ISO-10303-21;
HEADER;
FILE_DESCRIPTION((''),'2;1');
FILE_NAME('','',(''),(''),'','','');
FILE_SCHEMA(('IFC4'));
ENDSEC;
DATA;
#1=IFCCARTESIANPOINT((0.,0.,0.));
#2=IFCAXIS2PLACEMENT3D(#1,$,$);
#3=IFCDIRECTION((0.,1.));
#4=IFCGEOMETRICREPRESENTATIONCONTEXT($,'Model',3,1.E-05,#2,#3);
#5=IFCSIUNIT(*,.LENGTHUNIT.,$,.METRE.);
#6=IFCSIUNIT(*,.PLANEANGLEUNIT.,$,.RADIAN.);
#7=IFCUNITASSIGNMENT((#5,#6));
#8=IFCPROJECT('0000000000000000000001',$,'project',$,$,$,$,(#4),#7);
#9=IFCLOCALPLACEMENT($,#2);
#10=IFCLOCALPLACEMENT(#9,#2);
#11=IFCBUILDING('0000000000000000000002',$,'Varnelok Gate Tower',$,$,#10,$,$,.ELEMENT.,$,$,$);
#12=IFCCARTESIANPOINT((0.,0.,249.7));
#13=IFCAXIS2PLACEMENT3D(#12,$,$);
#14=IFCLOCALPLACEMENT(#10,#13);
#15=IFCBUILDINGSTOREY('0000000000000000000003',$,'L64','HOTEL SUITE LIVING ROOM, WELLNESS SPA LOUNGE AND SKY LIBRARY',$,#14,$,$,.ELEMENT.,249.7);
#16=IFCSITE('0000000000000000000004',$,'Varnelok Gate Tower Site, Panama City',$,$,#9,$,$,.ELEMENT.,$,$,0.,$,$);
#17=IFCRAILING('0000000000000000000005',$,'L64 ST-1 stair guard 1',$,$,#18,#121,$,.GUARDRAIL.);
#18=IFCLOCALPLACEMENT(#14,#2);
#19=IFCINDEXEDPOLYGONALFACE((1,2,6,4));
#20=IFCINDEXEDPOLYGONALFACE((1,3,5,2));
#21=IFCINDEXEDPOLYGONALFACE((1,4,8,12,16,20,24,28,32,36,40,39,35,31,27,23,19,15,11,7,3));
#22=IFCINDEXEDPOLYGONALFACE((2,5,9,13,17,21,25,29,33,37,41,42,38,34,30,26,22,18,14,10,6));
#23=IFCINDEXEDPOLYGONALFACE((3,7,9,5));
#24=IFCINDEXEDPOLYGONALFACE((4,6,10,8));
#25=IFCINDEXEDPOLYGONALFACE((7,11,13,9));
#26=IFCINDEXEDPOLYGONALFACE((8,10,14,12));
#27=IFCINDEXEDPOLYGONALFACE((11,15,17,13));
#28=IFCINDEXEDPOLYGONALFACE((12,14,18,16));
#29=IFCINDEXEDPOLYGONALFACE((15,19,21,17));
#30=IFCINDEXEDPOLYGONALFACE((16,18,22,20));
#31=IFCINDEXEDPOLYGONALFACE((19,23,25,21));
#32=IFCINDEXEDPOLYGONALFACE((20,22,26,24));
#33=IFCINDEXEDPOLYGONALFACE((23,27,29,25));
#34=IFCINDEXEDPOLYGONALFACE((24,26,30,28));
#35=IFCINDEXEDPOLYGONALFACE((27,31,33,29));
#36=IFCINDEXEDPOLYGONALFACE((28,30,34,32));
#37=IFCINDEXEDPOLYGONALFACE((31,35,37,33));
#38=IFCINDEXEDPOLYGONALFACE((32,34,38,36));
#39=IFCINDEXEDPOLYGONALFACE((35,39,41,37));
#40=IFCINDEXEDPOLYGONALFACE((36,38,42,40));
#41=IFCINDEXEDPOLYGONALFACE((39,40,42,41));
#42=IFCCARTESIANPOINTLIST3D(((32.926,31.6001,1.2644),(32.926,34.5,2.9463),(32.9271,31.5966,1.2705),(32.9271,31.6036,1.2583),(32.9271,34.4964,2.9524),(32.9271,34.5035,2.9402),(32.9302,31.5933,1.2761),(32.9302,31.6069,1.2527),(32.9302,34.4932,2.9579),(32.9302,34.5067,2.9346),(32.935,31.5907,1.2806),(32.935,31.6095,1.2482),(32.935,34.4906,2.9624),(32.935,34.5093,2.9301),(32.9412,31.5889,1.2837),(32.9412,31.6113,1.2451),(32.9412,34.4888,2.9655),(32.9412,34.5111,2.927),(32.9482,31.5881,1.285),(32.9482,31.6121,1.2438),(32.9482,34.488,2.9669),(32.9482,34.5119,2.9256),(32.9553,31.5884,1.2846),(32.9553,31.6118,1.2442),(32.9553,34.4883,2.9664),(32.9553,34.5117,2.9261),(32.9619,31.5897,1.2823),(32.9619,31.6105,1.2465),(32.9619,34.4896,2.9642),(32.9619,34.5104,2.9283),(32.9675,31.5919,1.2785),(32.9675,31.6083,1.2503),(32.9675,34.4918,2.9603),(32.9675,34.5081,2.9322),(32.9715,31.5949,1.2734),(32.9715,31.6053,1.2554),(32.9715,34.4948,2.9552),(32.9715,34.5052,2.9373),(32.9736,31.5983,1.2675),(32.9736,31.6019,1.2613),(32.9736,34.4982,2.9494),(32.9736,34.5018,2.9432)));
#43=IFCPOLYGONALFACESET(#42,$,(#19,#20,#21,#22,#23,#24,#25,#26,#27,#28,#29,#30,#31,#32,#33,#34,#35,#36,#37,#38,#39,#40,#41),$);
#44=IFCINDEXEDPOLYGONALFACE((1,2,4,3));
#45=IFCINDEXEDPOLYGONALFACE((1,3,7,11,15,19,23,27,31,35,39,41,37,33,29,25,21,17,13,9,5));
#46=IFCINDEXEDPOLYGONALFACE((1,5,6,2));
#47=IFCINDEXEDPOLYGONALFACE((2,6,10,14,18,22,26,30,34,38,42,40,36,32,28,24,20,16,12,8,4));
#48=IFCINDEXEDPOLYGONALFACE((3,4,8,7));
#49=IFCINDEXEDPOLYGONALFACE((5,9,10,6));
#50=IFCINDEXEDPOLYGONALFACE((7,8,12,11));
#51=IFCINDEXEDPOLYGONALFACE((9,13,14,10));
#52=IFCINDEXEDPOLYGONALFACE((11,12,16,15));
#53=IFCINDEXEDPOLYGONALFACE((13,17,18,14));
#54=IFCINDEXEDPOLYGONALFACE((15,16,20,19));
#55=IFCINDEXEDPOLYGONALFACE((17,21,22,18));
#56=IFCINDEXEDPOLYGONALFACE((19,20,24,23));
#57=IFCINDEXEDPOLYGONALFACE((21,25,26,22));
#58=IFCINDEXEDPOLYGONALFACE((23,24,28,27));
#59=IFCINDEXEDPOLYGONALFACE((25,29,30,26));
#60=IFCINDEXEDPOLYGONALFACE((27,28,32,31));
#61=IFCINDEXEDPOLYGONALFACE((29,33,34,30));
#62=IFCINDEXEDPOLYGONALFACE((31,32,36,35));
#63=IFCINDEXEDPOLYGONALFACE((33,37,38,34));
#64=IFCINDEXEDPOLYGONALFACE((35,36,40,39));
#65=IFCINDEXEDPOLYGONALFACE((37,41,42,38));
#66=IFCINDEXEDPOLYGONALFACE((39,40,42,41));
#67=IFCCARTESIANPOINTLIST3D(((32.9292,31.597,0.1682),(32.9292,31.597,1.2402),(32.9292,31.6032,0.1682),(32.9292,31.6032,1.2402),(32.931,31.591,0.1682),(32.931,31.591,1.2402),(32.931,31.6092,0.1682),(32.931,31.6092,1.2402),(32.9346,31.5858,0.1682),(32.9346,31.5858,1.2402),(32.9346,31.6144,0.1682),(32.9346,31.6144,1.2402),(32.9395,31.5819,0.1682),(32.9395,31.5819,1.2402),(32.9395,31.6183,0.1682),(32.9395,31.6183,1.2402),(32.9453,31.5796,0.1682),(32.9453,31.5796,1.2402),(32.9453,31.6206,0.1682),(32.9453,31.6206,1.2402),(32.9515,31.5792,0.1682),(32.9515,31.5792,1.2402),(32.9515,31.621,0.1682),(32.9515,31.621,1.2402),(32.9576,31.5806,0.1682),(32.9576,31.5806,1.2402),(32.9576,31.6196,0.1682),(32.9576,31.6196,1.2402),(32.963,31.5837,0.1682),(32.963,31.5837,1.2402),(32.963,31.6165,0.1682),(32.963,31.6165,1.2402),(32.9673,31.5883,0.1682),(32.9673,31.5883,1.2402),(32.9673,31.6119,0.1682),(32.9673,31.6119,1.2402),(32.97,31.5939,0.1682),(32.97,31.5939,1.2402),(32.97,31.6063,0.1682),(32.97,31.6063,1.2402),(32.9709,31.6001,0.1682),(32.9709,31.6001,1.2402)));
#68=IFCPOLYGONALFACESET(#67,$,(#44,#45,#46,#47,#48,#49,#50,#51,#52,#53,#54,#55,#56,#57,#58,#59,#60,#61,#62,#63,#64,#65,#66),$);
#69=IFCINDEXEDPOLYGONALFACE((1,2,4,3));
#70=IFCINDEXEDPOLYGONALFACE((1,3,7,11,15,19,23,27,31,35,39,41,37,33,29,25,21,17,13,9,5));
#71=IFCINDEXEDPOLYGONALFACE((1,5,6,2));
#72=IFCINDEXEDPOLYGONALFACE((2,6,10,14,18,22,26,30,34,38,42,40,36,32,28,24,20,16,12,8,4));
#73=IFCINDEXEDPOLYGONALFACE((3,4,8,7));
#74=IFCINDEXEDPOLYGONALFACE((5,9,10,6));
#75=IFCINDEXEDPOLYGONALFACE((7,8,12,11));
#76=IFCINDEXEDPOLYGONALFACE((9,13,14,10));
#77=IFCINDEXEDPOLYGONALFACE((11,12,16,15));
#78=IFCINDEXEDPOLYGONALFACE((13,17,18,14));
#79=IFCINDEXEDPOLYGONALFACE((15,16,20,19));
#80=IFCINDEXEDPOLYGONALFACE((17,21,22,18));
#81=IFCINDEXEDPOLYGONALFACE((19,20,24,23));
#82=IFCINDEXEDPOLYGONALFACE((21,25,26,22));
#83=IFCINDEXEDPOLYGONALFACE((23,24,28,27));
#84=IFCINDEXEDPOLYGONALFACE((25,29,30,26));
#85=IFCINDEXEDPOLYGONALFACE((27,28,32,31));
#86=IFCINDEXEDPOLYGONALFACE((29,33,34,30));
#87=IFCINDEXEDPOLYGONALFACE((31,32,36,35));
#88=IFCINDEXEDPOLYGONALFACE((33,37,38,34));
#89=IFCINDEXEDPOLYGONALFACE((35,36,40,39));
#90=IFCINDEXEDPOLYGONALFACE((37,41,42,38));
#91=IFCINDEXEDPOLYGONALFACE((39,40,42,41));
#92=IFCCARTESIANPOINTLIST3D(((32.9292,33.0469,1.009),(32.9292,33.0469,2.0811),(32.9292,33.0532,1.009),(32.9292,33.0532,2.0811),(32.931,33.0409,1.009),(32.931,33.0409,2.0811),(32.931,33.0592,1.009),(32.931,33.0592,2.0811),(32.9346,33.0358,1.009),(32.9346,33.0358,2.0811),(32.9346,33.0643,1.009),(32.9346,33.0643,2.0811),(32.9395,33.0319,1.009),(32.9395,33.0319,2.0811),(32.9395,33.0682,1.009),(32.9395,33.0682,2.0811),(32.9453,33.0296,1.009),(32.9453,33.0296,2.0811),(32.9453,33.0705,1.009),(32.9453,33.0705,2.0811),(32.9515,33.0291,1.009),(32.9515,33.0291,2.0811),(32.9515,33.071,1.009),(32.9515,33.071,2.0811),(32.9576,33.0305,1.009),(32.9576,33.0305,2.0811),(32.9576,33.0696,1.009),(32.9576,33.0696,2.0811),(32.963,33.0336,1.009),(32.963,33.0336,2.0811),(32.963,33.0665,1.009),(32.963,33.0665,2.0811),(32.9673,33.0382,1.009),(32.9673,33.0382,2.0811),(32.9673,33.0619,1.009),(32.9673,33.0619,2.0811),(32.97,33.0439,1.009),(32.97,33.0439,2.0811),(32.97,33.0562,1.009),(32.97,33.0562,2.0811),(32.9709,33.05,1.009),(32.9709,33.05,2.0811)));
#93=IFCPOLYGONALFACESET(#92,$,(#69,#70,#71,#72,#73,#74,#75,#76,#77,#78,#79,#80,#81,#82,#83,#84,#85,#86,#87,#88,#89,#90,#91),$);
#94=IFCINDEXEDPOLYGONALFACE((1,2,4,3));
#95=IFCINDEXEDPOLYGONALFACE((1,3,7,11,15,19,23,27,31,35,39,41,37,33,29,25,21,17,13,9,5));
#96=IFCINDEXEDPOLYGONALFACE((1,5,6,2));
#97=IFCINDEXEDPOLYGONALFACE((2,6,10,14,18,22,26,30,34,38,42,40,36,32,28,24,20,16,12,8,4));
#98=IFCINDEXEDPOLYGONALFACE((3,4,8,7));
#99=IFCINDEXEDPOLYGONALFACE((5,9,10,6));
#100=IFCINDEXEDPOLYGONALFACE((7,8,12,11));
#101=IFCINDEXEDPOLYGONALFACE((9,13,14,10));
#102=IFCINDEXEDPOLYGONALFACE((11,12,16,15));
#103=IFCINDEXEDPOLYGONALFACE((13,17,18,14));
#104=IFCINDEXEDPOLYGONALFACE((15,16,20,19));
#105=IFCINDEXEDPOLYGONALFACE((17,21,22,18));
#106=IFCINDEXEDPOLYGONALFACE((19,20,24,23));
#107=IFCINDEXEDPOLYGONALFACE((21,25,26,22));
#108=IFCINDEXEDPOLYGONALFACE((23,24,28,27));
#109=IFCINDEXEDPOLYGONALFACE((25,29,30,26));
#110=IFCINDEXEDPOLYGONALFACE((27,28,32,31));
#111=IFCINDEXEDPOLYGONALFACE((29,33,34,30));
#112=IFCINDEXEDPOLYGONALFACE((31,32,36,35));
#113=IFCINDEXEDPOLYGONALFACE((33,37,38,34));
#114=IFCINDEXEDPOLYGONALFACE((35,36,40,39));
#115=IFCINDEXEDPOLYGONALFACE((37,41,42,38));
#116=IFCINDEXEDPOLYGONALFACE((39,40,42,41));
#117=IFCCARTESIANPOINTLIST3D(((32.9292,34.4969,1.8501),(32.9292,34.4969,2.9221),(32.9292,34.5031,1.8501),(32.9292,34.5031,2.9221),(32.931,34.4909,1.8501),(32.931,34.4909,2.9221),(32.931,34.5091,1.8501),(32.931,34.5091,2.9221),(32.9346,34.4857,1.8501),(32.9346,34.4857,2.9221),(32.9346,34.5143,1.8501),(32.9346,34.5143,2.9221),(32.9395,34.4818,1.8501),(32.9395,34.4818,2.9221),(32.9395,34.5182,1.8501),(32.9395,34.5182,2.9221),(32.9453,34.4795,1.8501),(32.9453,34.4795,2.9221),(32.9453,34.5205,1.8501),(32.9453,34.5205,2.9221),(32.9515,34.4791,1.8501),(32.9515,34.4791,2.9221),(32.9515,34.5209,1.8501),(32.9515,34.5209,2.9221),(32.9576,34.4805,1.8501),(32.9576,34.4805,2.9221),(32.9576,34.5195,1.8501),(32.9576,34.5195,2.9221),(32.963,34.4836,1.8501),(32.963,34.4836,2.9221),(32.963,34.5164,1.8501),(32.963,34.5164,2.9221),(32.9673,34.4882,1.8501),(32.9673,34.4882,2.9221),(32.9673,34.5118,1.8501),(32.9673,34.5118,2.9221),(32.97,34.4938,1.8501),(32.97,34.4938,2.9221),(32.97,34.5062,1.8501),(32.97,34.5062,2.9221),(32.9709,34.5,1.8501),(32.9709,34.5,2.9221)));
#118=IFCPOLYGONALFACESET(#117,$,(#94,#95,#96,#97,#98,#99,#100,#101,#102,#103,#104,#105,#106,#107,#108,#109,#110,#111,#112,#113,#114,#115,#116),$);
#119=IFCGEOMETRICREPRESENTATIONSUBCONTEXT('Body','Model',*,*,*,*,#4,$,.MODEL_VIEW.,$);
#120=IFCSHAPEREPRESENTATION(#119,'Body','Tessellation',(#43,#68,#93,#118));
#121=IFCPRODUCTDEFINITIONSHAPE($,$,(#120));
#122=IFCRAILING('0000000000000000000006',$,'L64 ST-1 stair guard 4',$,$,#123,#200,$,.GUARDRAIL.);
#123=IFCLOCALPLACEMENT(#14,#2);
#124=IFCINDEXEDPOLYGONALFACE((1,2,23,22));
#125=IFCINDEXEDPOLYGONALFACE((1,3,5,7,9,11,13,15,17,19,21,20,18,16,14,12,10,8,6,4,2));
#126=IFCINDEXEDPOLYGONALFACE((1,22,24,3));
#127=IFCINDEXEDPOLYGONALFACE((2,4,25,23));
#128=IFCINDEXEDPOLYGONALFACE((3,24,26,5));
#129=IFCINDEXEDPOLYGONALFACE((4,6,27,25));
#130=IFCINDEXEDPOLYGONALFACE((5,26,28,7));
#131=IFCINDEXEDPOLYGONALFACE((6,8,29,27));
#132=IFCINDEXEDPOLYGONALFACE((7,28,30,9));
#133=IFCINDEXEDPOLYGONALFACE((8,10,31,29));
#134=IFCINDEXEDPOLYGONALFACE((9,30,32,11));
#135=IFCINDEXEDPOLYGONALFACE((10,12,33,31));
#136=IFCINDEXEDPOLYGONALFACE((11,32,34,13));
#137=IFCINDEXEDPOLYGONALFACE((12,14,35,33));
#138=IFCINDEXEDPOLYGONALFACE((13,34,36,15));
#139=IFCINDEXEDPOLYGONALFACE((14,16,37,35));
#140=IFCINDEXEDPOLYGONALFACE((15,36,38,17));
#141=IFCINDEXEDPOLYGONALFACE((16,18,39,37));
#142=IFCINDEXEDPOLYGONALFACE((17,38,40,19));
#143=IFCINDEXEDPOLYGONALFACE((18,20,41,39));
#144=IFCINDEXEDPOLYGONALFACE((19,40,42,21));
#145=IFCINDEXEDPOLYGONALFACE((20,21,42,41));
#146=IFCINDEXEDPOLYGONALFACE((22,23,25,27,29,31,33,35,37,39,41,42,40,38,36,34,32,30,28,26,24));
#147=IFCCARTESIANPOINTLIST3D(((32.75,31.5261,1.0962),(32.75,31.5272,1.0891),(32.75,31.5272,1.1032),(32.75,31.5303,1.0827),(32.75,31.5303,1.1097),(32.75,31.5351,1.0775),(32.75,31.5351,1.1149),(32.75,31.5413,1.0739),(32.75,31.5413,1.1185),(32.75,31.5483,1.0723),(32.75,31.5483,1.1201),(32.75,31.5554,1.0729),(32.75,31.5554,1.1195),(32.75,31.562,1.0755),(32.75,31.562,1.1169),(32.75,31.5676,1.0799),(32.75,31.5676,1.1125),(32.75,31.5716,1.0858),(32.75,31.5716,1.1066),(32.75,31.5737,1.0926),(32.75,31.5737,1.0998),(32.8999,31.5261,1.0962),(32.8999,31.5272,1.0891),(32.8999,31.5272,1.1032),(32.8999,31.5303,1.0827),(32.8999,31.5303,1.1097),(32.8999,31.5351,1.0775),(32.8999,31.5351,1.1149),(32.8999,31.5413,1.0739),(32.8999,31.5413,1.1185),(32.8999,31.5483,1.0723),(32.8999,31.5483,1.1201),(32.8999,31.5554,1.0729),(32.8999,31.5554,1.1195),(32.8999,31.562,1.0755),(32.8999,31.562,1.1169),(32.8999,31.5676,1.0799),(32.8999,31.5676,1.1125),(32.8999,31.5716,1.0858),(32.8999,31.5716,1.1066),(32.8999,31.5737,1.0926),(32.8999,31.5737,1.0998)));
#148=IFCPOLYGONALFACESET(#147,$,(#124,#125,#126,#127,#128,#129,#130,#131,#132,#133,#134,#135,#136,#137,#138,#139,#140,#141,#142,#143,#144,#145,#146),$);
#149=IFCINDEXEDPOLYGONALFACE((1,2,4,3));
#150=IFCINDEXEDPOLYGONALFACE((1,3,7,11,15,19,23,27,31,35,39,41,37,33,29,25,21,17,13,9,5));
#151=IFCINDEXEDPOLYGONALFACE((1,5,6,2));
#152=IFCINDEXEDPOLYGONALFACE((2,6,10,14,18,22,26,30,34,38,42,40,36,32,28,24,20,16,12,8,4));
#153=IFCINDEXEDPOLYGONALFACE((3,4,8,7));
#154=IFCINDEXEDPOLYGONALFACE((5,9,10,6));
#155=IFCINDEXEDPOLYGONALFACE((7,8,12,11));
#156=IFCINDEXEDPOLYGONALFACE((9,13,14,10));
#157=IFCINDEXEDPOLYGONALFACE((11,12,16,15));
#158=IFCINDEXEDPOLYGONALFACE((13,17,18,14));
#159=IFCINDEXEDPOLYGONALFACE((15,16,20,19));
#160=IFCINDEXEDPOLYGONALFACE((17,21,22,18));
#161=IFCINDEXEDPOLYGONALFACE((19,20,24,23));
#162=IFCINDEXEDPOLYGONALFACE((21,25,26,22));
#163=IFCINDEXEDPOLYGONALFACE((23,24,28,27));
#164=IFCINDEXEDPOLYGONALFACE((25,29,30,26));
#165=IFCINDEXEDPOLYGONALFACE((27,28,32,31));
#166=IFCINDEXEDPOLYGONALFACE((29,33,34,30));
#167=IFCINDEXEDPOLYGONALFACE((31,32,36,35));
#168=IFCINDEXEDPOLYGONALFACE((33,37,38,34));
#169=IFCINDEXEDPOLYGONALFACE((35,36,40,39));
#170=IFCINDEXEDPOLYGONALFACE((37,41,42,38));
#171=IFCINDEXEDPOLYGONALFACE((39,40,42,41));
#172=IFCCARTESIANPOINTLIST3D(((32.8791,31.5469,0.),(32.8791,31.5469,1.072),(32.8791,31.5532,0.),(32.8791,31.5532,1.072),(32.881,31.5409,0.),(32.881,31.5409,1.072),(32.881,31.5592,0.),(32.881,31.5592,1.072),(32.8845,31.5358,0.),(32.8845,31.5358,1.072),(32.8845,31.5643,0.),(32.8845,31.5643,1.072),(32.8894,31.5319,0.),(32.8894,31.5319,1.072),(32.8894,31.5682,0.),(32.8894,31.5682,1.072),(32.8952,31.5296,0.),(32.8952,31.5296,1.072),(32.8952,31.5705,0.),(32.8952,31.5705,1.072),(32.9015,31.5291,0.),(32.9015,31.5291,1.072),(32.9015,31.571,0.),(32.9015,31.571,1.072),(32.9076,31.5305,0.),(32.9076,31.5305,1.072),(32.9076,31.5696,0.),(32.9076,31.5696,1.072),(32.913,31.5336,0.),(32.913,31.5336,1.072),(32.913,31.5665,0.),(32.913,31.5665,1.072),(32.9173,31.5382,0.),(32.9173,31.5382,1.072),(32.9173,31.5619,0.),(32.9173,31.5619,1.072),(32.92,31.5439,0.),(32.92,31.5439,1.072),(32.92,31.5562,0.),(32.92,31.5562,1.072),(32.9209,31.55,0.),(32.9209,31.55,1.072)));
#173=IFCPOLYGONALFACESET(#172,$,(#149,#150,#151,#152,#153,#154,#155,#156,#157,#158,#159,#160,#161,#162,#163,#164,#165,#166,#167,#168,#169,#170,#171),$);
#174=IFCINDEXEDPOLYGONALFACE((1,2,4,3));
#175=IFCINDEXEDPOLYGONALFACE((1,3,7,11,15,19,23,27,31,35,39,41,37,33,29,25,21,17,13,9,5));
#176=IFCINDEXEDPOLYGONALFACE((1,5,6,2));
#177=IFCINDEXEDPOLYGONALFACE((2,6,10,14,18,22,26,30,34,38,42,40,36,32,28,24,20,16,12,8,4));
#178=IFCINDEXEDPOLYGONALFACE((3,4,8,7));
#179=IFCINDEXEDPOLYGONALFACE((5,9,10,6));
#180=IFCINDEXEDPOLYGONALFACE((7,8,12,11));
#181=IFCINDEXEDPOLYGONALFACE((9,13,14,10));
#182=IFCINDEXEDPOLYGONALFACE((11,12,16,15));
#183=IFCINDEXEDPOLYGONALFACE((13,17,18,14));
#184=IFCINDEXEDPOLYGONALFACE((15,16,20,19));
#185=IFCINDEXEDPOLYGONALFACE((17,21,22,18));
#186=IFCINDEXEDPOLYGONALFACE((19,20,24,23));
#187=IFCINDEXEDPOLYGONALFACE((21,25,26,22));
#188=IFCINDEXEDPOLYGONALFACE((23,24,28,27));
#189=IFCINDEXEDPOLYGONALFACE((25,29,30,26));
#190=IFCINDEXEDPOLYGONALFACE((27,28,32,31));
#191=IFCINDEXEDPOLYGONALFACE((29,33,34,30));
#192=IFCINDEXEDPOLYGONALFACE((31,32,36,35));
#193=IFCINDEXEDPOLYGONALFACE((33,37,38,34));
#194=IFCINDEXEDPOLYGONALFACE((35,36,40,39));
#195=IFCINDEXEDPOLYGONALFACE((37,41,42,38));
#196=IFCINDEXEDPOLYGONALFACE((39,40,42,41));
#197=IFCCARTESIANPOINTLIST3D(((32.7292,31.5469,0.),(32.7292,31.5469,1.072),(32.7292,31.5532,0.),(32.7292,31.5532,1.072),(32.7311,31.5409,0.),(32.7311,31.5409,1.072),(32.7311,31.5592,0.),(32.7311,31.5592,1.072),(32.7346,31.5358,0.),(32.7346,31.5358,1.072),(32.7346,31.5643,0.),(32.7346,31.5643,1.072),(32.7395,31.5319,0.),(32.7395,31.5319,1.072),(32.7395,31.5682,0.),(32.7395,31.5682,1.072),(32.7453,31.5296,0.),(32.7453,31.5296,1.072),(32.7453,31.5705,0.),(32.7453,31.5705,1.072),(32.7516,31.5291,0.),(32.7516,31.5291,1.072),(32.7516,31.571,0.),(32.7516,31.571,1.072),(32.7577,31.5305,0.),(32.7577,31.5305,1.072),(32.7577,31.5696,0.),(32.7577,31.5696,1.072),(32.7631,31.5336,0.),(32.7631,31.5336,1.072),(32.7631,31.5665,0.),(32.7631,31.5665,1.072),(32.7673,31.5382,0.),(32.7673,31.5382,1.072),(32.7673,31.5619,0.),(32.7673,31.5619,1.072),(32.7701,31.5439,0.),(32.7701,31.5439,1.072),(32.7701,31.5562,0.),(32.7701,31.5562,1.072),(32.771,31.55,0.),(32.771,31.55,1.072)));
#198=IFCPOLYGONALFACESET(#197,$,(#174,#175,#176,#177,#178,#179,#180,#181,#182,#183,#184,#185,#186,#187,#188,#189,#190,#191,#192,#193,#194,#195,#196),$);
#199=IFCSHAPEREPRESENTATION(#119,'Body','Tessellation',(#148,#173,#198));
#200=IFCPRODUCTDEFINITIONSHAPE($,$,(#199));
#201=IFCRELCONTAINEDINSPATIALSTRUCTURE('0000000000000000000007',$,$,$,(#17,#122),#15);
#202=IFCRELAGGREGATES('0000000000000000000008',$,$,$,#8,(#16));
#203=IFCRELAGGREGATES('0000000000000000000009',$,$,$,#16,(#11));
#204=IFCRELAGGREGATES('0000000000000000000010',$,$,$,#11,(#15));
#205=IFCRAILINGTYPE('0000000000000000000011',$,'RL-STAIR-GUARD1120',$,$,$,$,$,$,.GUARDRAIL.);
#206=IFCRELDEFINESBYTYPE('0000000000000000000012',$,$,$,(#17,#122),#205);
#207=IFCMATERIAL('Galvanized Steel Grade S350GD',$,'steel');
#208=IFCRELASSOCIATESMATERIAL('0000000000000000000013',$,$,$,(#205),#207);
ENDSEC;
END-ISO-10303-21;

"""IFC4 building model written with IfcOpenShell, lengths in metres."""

from ifc_helpers import new_model, si_unit, direction, frame, origin, origin_2d, place, context, subcontext, project, spatial, circle, extrude, material, type_object, element, save


model = new_model("IFC4")

# Units and contexts
model_context = context("Model", 3, precision=1e-05, world=origin(), true_north=direction((0.0, 1.0)))
body_context = subcontext(model_context, "Body", "Model", "MODEL_VIEW")
ifc_project = project(units=[si_unit("LENGTHUNIT", "METRE"), si_unit("PLANEANGLEUNIT", "RADIAN")], contexts=[model_context])

# Site, building, storey
site_placement = place(None, origin())
site = spatial("IfcSite", under=ifc_project, at=site_placement, Name="Varnelok Gate Tower Site, Panama City", CompositionType="ELEMENT", RefElevation=0.0)
building_placement = place(site_placement, origin())
building = spatial("IfcBuilding", under=site, at=building_placement, Name="Varnelok Gate Tower", CompositionType="ELEMENT")
storey_placement = place(building_placement, frame((0.0, 0.0, 249.7)))
storey = spatial("IfcBuildingStorey", under=building, at=storey_placement, Name="L64", Description="HOTEL SUITE LIVING ROOM, WELLNESS SPA LOUNGE AND SKY LIBRARY", CompositionType="ELEMENT", Elevation=249.7)

# Shared definitions
ifc_material_1 = material(Name="Galvanized Steel Grade S350GD", Category="steel")

# Railings
railing_type_1 = type_object("IfcRailingType", Name="RL-STAIR-GUARD1120", PredefinedType="GUARDRAIL", material=ifc_material_1)
railing_1_placement = place(storey_placement, frame((32.95, 31.6001, 0.1682)))
element("IfcRailing", 1, at=railing_1_placement, inside=storey, type_object=railing_type_1, Name="L64 ST-1 stair guard 1", PredefinedType="GUARDRAIL", context=body_context, shape_type="SweptSolid", body=[
    extrude(circle(Radius=0.0239, at=origin_2d()), frame((0.0, 0.0, 1.0962), z_axis=(0.0, 0.865039, 0.501705), x_axis=(-1.0, 0.0, 0.0)), (0.0, 0.0, 1.0), 3.3523),
    extrude(circle(Radius=0.021, at=origin_2d()), origin(), (0.0, 0.0, 1.0), 1.072),
    extrude(circle(Radius=0.021, at=origin_2d()), frame((0.0, 1.45, 0.8408)), (0.0, 0.0, 1.0), 1.072),
    extrude(circle(Radius=0.021, at=origin_2d()), frame((0.0, 2.8999, 1.6819)), (0.0, 0.0, 1.0), 1.072),
])
railing_2_placement = place(storey_placement, frame((32.8999, 31.55, 0.0)))
element("IfcRailing", 2, at=railing_2_placement, inside=storey, type_object=railing_type_1, Name="L64 ST-1 stair guard 4", PredefinedType="GUARDRAIL", context=body_context, shape_type="SweptSolid", body=[
    extrude(circle(Radius=0.0239, at=origin_2d()), frame((0.0, 0.0, 1.0962), z_axis=(-1.0, 0.0, 0.0), x_axis=(0.0, -1.0, 0.0)), (0.0, 0.0, 1.0), 0.1499),
    extrude(circle(Radius=0.021, at=origin_2d()), origin(), (0.0, 0.0, 1.0), 1.072),
    extrude(circle(Radius=0.021, at=origin_2d()), frame((-0.1499, 0.0, 0.0)), (0.0, 0.0, 1.0), 1.072),
])

save(model, "model.ifc")
